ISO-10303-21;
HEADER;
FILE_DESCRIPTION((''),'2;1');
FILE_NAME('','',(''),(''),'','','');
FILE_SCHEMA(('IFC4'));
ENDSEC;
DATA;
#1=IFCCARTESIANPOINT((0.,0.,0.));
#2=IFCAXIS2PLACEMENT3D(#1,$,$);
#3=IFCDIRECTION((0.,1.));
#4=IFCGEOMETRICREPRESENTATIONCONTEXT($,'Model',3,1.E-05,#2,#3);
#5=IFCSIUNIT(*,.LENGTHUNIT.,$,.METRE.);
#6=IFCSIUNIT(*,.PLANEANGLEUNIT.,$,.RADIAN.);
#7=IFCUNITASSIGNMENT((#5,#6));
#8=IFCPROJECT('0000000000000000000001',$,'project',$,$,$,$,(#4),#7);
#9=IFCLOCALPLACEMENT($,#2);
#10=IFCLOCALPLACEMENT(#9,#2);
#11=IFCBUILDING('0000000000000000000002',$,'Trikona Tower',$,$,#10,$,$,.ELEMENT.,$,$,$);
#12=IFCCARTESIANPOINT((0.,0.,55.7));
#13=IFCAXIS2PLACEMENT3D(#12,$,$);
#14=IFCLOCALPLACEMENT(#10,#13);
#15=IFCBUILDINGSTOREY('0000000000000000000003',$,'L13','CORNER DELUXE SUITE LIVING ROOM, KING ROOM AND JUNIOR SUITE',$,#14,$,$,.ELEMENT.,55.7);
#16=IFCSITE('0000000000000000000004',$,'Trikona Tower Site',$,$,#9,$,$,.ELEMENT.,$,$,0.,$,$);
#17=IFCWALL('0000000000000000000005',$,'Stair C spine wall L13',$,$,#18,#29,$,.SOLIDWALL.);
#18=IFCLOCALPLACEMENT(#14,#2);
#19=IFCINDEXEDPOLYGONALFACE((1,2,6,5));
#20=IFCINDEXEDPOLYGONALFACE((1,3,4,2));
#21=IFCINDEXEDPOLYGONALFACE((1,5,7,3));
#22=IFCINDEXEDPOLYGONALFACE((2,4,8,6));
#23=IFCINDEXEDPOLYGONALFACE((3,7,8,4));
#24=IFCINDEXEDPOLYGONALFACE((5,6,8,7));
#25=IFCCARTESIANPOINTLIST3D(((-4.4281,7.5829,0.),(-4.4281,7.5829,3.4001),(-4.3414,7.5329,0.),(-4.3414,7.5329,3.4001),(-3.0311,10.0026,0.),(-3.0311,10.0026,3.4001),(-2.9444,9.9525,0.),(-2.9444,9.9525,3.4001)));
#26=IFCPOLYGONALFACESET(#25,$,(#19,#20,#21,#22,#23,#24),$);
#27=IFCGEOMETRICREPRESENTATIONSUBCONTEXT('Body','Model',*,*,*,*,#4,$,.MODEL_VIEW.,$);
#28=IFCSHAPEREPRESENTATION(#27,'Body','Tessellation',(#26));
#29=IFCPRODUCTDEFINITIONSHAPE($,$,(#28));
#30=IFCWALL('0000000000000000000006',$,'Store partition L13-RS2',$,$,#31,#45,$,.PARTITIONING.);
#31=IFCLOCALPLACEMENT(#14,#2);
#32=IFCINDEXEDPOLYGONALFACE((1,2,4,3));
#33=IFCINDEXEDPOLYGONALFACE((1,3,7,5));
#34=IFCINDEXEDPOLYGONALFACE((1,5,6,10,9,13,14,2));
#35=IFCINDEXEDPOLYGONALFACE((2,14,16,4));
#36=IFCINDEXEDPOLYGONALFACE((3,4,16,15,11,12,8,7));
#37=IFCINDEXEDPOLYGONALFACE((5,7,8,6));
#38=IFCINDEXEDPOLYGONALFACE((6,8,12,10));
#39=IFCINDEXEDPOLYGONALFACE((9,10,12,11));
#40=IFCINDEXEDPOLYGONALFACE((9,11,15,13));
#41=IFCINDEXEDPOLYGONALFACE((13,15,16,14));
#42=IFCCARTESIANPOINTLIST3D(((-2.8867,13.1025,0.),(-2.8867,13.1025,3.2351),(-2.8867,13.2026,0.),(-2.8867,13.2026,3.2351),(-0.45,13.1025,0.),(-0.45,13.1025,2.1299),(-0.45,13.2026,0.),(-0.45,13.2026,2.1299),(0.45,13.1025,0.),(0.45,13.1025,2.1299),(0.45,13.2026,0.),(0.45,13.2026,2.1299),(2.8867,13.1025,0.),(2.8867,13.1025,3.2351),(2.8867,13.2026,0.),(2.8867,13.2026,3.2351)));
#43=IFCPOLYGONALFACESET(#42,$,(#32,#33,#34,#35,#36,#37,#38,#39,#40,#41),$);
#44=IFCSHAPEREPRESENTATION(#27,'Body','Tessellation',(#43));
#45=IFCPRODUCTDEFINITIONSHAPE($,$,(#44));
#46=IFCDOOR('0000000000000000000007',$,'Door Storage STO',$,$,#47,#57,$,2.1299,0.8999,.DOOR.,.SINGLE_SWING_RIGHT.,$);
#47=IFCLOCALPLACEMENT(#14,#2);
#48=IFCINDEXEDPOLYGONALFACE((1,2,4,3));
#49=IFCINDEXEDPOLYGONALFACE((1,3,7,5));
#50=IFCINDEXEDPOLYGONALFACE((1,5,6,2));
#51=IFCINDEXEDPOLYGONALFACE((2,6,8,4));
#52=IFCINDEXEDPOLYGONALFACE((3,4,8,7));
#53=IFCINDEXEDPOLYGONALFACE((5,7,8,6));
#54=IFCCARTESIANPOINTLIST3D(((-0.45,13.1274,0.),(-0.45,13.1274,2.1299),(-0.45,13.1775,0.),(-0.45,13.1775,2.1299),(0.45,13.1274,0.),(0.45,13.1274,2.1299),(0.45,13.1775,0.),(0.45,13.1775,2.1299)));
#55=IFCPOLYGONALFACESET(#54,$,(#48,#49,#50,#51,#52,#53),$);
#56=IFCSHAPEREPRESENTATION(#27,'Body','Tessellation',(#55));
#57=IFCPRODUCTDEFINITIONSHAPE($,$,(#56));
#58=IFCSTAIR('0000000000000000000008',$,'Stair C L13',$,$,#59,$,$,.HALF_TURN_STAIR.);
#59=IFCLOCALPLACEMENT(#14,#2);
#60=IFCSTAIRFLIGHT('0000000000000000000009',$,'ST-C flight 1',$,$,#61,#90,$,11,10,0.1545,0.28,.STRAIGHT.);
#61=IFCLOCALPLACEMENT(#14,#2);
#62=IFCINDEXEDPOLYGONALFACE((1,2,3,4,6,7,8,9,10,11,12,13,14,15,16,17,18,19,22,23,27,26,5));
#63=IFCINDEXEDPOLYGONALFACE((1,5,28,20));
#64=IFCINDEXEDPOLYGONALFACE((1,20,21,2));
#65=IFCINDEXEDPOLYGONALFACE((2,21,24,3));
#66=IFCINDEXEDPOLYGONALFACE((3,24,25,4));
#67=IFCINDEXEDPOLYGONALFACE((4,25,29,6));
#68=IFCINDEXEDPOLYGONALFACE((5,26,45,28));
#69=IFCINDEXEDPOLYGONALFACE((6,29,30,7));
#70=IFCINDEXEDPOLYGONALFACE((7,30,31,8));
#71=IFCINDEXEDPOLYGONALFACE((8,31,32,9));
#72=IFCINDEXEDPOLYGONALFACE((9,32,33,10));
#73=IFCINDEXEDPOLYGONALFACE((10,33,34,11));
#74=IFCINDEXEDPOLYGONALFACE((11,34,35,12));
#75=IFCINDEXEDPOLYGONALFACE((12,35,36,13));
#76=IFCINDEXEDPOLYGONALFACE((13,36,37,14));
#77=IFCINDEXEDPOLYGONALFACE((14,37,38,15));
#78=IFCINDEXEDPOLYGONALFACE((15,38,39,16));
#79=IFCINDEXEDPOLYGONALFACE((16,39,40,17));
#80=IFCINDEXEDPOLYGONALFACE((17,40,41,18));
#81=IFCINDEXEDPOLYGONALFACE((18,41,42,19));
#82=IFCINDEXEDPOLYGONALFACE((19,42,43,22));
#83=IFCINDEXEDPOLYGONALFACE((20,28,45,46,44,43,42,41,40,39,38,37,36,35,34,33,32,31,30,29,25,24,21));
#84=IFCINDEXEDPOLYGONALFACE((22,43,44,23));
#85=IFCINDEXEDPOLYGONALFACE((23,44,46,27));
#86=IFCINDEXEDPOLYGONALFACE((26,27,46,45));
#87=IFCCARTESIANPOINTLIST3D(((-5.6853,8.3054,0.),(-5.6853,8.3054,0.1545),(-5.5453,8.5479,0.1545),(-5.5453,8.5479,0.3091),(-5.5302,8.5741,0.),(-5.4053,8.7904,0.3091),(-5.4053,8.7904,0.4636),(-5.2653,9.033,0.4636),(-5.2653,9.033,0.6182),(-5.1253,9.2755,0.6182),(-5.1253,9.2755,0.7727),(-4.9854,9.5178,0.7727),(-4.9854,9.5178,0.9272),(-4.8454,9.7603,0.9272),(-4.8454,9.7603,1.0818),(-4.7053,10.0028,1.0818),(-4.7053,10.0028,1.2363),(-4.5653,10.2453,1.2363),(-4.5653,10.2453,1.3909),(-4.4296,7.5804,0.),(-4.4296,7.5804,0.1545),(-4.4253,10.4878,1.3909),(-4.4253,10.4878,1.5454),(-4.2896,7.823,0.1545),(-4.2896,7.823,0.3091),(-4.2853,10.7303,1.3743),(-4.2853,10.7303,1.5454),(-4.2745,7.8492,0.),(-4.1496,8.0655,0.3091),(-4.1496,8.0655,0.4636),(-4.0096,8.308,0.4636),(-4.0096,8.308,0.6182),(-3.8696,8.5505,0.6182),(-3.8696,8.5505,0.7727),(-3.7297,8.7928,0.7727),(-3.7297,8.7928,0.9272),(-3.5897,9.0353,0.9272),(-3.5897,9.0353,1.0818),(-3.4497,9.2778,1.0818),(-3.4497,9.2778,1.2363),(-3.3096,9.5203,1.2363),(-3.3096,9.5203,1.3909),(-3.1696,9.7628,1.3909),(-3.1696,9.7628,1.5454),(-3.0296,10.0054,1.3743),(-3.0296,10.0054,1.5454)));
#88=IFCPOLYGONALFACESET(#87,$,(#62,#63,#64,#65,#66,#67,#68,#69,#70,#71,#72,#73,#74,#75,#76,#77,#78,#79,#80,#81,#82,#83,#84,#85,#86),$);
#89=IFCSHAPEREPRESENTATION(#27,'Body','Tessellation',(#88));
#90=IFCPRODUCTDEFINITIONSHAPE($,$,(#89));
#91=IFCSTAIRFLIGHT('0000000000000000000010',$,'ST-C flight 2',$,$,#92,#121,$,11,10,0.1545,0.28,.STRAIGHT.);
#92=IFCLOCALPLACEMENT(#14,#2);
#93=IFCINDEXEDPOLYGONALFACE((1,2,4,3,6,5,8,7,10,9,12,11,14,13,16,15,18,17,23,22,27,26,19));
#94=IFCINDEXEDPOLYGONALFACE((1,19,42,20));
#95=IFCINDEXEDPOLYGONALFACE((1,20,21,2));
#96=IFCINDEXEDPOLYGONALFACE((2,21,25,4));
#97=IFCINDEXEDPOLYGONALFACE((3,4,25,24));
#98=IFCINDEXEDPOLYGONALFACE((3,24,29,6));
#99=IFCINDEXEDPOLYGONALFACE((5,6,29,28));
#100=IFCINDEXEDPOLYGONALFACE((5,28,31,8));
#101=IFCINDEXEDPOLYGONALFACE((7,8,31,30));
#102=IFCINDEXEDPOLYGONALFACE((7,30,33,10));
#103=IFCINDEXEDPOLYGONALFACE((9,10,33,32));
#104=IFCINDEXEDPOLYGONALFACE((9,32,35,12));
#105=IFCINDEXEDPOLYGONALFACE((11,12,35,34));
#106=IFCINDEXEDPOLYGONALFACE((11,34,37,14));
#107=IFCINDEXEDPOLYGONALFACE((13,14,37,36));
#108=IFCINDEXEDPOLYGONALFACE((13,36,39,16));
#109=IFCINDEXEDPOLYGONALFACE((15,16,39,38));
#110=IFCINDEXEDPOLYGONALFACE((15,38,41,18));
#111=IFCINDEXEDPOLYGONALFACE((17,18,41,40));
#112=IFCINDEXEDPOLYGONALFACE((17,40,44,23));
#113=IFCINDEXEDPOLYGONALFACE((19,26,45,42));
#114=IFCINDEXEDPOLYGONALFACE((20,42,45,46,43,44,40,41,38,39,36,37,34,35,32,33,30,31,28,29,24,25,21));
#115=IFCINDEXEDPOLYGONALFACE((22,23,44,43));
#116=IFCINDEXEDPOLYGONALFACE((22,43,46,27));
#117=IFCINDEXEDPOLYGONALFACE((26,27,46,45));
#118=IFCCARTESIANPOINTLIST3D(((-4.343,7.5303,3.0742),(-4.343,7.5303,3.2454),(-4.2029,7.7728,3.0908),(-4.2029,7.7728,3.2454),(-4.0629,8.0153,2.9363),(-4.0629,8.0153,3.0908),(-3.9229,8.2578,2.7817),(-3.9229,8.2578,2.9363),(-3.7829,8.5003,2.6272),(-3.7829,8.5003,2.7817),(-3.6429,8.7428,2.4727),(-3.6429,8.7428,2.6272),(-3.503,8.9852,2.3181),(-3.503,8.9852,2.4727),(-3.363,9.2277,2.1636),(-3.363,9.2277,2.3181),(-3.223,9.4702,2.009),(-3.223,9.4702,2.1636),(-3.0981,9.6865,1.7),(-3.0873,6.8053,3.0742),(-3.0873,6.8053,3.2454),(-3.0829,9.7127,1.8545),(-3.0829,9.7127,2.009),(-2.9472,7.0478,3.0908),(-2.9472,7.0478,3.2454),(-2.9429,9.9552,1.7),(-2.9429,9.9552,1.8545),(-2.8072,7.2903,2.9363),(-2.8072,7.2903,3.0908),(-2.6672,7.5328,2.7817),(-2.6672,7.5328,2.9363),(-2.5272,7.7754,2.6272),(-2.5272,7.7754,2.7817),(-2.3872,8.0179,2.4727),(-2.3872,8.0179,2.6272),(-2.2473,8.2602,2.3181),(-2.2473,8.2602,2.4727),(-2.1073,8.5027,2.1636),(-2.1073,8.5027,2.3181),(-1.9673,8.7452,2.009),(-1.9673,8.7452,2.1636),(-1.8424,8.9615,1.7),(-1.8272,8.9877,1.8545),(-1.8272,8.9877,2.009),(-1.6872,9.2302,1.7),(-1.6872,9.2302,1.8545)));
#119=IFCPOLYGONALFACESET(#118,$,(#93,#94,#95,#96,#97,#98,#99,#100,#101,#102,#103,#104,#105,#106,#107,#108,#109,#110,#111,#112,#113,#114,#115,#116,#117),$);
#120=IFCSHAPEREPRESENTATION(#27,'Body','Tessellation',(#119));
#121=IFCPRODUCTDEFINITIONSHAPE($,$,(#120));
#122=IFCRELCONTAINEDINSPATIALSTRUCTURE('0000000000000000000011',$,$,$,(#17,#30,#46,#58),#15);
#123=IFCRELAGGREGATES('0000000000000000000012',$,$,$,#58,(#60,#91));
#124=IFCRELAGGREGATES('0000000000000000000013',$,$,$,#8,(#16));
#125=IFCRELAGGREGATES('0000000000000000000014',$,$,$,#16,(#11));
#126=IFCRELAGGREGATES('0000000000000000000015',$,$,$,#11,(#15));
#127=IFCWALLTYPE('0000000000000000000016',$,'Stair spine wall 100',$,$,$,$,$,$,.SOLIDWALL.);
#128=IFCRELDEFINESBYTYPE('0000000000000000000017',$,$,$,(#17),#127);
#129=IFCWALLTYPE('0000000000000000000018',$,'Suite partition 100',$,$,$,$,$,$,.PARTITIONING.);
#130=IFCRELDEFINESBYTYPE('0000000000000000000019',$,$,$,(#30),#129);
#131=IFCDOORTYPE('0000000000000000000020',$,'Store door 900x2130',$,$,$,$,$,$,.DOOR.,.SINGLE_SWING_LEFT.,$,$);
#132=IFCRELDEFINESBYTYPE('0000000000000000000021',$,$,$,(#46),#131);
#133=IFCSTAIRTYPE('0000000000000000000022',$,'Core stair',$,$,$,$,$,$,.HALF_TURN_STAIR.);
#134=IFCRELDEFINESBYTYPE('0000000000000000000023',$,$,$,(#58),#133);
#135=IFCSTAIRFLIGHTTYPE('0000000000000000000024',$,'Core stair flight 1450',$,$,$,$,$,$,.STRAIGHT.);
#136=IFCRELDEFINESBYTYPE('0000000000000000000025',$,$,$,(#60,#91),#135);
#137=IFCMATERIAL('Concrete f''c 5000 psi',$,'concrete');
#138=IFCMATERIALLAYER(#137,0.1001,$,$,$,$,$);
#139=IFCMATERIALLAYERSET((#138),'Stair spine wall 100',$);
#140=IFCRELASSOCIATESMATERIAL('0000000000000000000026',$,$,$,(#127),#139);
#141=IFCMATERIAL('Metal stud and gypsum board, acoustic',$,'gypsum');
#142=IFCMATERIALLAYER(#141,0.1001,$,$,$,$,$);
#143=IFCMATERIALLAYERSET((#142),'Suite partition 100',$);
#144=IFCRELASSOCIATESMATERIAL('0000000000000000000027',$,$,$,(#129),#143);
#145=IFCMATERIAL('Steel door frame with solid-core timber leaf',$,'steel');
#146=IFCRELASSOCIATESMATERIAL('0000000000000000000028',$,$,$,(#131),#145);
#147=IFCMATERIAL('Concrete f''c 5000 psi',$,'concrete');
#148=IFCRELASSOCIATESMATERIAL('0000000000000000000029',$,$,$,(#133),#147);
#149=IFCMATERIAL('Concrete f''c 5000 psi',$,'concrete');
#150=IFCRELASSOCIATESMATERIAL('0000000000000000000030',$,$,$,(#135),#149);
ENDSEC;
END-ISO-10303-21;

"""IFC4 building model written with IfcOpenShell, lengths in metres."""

from ifc_helpers import new_model, si_unit, direction, frame, frame_2d, origin, place, context, subcontext, project, spatial, polyline, rectangle, outline, extrude, material, layer, layer_set, type_object, element, fill, aggregate, save


model = new_model("IFC4")

# Units and contexts
model_context = context("Model", 3, precision=1e-05, world=origin(), true_north=direction((0.0, 1.0)))
body_context = subcontext(model_context, "Body", "Model", "MODEL_VIEW")
ifc_project = project(units=[si_unit("LENGTHUNIT", "METRE"), si_unit("PLANEANGLEUNIT", "RADIAN")], contexts=[model_context])

# Site, building, storey
site_placement = place(None, origin())
site = spatial("IfcSite", under=ifc_project, at=site_placement, Name="Trikona Tower Site", CompositionType="ELEMENT", RefElevation=0.0)
building_placement = place(site_placement, origin())
building = spatial("IfcBuilding", under=site, at=building_placement, Name="Trikona Tower", CompositionType="ELEMENT")
storey_placement = place(building_placement, frame((0.0, 0.0, 55.7)))
storey = spatial("IfcBuildingStorey", under=building, at=storey_placement, Name="L13", Description="CORNER DELUXE SUITE LIVING ROOM, KING ROOM AND JUNIOR SUITE", CompositionType="ELEMENT", Elevation=55.7)

# Wall
ifc_material_1 = material(Name="Concrete f'c 5000 psi", Category="concrete")
ifc_layer_1 = layer(ifc_material_1, 0.1001)
ifc_layer_set_1 = layer_set([ifc_layer_1], Name="Stair spine wall 100")
wall_type_1 = type_object("IfcWallType", Name="Stair spine wall 100", PredefinedType="SOLIDWALL", material=ifc_layer_set_1)
wall_1_placement = place(storey_placement, frame((-2.9878, 9.9775, 0.0), z_axis=(0.0, 0.0, 1.0), x_axis=(-0.499992, -0.86603, 0.0)))
element("IfcWall", 1, at=wall_1_placement, inside=storey, type_object=wall_type_1, Name="Stair C spine wall L13", PredefinedType="SOLIDWALL", context=body_context, shape_type="SweptSolid", body=[
    extrude(rectangle(XDim=2.7939, YDim=0.1001, at=frame_2d((1.397, 0.0))), origin(), (0.0, 0.0, 1.0), 3.4001),
])

# Wall, opening, door
ifc_material_2 = material(Name="Metal stud and gypsum board, acoustic", Category="gypsum")
ifc_layer_2 = layer(ifc_material_2, 0.1001)
ifc_layer_set_2 = layer_set([ifc_layer_2], Name="Suite partition 100")
wall_type_2 = type_object("IfcWallType", Name="Suite partition 100", PredefinedType="PARTITIONING", material=ifc_layer_set_2)
wall_2_placement = place(storey_placement, frame((-2.8867, 13.1526, 0.0), z_axis=(0.0, 0.0, 1.0), x_axis=(1.0, 0.0, 0.0)))
wall_2 = element("IfcWall", 2, at=wall_2_placement, inside=storey, type_object=wall_type_2, Name="Store partition L13-RS2", PredefinedType="PARTITIONING", context=body_context, shape_type="SweptSolid", body=[
    extrude(rectangle(XDim=5.7734, YDim=0.1001, at=frame_2d((2.8867, 0.0))), origin(), (0.0, 0.0, 1.0), 3.2351),
])
opening_1_placement = place(wall_2_placement, frame((2.4368, 0.0, 0.0)))
opening_1 = element("IfcOpeningElement", 3, at=opening_1_placement, cuts=wall_2, PredefinedType="OPENING", context=body_context, shape_type="SweptSolid", body=[
    extrude(rectangle(XDim=0.8999, YDim=2.1299, at=frame_2d((0.45, 1.0649))), frame((0.0, 0.0601, 0.0), z_axis=(0.0, -1.0, 0.0), x_axis=(1.0, 0.0, 0.0)), (0.0, 0.0, 1.0), 0.1201),
])
ifc_material_3 = material(Name="Steel door frame with solid-core timber leaf", Category="steel")
door_type_1 = type_object("IfcDoorType", Name="Store door 900x2130", OperationType="SINGLE_SWING_LEFT", PredefinedType="DOOR", material=ifc_material_3)
door_1_placement = place(opening_1_placement, origin())
door_1 = element("IfcDoor", 4, at=door_1_placement, inside=storey, type_object=door_type_1, Name="Door Storage STO", OperationType="SINGLE_SWING_RIGHT", OverallHeight=2.1299, OverallWidth=0.8999, PredefinedType="DOOR", context=body_context, shape_type="SweptSolid", body=[
    extrude(rectangle(XDim=0.8999, YDim=2.1299, at=frame_2d((0.45, 1.0649))), frame((0.0, 0.0249, 0.0), z_axis=(0.0, -1.0, 0.0), x_axis=(1.0, 0.0, 0.0)), (0.0, 0.0, 1.0), 0.05),
])
fill(opening_1, door_1)

# Stair, stair flights
ifc_material_4 = material(Name="Concrete f'c 5000 psi", Category="concrete")
stair_type = type_object("IfcStairType", Name="Core stair", PredefinedType="HALF_TURN_STAIR", material=ifc_material_4)
stair_placement = place(storey_placement, origin())
stair = element("IfcStair", 5, at=stair_placement, inside=storey, type_object=stair_type, Name="Stair C L13", PredefinedType="HALF_TURN_STAIR")
ifc_material_5 = material(Name="Concrete f'c 5000 psi", Category="concrete")
stair_flight_type = type_object("IfcStairFlightType", Name="Core stair flight 1450", PredefinedType="STRAIGHT", material=ifc_material_5)
stair_flight_1_placement = place(storey_placement, frame((-5.0574, 7.9429, 0.0), z_axis=(0.0, 0.0, 1.0), x_axis=(0.5, 0.866025, 0.0)))
stair_flight_1 = element("IfcStairFlight", 6, at=stair_flight_1_placement, type_object=stair_flight_type, Name="ST-C flight 1", NumberOfRisers=11, NumberOfTreads=10, PredefinedType="STRAIGHT", RiserHeight=0.1545, TreadLength=0.28, context=body_context, shape_type="SweptSolid", body=[
    extrude(outline(polyline([(0.0, 0.0), (0.0, 0.1545), (0.28, 0.1545), (0.28, 0.3091), (0.5601, 0.3091), (0.5601, 0.4636), (0.8401, 0.4636), (0.8401, 0.6182), (1.1201, 0.6182), (1.1201, 0.7727), (1.3999, 0.7727), (1.3999, 0.9272), (1.6799, 0.9272), (1.6799, 1.0818), (1.96, 1.0818), (1.96, 1.2363), (2.24, 1.2363), (2.24, 1.3909), (2.52, 1.3909), (2.52, 1.5454), (2.8, 1.5454), (2.8, 1.7), (2.8, 1.3743), (0.3103, 0.0), (0.0, 0.0)])), frame((0.0, 0.7251, 0.0), z_axis=(0.0, -1.0, 0.0), x_axis=(1.0, 0.0, 0.0)), (0.0, 0.0, 1.0), 1.45),
])
stair_flight_2_placement = place(storey_placement, frame((-2.3152, 9.5928, 1.7), z_axis=(0.0, 0.0, 1.0), x_axis=(-0.5, -0.866025, 0.0)))
stair_flight_2 = element("IfcStairFlight", 7, at=stair_flight_2_placement, type_object=stair_flight_type, Name="ST-C flight 2", NumberOfRisers=11, NumberOfTreads=10, PredefinedType="STRAIGHT", RiserHeight=0.1545, TreadLength=0.28, context=body_context, shape_type="SweptSolid", body=[
    extrude(outline(polyline([(0.0, 0.0), (0.0, 0.1545), (0.28, 0.1545), (0.28, 0.3091), (0.5601, 0.3091), (0.5601, 0.4636), (0.8401, 0.4636), (0.8401, 0.6182), (1.1201, 0.6182), (1.1201, 0.7727), (1.3999, 0.7727), (1.3999, 0.9272), (1.6799, 0.9272), (1.6799, 1.0818), (1.96, 1.0818), (1.96, 1.2363), (2.24, 1.2363), (2.24, 1.3909), (2.52, 1.3909), (2.52, 1.5454), (2.8, 1.5454), (2.8, 1.7), (2.8, 1.3743), (0.3103, 0.0), (0.0, 0.0)])), frame((0.0, 0.7251, 0.0), z_axis=(0.0, -1.0, 0.0), x_axis=(1.0, 0.0, 0.0)), (0.0, 0.0, 1.0), 1.45),
])
aggregate(stair, [stair_flight_1, stair_flight_2])

save(model, "model.ifc")
